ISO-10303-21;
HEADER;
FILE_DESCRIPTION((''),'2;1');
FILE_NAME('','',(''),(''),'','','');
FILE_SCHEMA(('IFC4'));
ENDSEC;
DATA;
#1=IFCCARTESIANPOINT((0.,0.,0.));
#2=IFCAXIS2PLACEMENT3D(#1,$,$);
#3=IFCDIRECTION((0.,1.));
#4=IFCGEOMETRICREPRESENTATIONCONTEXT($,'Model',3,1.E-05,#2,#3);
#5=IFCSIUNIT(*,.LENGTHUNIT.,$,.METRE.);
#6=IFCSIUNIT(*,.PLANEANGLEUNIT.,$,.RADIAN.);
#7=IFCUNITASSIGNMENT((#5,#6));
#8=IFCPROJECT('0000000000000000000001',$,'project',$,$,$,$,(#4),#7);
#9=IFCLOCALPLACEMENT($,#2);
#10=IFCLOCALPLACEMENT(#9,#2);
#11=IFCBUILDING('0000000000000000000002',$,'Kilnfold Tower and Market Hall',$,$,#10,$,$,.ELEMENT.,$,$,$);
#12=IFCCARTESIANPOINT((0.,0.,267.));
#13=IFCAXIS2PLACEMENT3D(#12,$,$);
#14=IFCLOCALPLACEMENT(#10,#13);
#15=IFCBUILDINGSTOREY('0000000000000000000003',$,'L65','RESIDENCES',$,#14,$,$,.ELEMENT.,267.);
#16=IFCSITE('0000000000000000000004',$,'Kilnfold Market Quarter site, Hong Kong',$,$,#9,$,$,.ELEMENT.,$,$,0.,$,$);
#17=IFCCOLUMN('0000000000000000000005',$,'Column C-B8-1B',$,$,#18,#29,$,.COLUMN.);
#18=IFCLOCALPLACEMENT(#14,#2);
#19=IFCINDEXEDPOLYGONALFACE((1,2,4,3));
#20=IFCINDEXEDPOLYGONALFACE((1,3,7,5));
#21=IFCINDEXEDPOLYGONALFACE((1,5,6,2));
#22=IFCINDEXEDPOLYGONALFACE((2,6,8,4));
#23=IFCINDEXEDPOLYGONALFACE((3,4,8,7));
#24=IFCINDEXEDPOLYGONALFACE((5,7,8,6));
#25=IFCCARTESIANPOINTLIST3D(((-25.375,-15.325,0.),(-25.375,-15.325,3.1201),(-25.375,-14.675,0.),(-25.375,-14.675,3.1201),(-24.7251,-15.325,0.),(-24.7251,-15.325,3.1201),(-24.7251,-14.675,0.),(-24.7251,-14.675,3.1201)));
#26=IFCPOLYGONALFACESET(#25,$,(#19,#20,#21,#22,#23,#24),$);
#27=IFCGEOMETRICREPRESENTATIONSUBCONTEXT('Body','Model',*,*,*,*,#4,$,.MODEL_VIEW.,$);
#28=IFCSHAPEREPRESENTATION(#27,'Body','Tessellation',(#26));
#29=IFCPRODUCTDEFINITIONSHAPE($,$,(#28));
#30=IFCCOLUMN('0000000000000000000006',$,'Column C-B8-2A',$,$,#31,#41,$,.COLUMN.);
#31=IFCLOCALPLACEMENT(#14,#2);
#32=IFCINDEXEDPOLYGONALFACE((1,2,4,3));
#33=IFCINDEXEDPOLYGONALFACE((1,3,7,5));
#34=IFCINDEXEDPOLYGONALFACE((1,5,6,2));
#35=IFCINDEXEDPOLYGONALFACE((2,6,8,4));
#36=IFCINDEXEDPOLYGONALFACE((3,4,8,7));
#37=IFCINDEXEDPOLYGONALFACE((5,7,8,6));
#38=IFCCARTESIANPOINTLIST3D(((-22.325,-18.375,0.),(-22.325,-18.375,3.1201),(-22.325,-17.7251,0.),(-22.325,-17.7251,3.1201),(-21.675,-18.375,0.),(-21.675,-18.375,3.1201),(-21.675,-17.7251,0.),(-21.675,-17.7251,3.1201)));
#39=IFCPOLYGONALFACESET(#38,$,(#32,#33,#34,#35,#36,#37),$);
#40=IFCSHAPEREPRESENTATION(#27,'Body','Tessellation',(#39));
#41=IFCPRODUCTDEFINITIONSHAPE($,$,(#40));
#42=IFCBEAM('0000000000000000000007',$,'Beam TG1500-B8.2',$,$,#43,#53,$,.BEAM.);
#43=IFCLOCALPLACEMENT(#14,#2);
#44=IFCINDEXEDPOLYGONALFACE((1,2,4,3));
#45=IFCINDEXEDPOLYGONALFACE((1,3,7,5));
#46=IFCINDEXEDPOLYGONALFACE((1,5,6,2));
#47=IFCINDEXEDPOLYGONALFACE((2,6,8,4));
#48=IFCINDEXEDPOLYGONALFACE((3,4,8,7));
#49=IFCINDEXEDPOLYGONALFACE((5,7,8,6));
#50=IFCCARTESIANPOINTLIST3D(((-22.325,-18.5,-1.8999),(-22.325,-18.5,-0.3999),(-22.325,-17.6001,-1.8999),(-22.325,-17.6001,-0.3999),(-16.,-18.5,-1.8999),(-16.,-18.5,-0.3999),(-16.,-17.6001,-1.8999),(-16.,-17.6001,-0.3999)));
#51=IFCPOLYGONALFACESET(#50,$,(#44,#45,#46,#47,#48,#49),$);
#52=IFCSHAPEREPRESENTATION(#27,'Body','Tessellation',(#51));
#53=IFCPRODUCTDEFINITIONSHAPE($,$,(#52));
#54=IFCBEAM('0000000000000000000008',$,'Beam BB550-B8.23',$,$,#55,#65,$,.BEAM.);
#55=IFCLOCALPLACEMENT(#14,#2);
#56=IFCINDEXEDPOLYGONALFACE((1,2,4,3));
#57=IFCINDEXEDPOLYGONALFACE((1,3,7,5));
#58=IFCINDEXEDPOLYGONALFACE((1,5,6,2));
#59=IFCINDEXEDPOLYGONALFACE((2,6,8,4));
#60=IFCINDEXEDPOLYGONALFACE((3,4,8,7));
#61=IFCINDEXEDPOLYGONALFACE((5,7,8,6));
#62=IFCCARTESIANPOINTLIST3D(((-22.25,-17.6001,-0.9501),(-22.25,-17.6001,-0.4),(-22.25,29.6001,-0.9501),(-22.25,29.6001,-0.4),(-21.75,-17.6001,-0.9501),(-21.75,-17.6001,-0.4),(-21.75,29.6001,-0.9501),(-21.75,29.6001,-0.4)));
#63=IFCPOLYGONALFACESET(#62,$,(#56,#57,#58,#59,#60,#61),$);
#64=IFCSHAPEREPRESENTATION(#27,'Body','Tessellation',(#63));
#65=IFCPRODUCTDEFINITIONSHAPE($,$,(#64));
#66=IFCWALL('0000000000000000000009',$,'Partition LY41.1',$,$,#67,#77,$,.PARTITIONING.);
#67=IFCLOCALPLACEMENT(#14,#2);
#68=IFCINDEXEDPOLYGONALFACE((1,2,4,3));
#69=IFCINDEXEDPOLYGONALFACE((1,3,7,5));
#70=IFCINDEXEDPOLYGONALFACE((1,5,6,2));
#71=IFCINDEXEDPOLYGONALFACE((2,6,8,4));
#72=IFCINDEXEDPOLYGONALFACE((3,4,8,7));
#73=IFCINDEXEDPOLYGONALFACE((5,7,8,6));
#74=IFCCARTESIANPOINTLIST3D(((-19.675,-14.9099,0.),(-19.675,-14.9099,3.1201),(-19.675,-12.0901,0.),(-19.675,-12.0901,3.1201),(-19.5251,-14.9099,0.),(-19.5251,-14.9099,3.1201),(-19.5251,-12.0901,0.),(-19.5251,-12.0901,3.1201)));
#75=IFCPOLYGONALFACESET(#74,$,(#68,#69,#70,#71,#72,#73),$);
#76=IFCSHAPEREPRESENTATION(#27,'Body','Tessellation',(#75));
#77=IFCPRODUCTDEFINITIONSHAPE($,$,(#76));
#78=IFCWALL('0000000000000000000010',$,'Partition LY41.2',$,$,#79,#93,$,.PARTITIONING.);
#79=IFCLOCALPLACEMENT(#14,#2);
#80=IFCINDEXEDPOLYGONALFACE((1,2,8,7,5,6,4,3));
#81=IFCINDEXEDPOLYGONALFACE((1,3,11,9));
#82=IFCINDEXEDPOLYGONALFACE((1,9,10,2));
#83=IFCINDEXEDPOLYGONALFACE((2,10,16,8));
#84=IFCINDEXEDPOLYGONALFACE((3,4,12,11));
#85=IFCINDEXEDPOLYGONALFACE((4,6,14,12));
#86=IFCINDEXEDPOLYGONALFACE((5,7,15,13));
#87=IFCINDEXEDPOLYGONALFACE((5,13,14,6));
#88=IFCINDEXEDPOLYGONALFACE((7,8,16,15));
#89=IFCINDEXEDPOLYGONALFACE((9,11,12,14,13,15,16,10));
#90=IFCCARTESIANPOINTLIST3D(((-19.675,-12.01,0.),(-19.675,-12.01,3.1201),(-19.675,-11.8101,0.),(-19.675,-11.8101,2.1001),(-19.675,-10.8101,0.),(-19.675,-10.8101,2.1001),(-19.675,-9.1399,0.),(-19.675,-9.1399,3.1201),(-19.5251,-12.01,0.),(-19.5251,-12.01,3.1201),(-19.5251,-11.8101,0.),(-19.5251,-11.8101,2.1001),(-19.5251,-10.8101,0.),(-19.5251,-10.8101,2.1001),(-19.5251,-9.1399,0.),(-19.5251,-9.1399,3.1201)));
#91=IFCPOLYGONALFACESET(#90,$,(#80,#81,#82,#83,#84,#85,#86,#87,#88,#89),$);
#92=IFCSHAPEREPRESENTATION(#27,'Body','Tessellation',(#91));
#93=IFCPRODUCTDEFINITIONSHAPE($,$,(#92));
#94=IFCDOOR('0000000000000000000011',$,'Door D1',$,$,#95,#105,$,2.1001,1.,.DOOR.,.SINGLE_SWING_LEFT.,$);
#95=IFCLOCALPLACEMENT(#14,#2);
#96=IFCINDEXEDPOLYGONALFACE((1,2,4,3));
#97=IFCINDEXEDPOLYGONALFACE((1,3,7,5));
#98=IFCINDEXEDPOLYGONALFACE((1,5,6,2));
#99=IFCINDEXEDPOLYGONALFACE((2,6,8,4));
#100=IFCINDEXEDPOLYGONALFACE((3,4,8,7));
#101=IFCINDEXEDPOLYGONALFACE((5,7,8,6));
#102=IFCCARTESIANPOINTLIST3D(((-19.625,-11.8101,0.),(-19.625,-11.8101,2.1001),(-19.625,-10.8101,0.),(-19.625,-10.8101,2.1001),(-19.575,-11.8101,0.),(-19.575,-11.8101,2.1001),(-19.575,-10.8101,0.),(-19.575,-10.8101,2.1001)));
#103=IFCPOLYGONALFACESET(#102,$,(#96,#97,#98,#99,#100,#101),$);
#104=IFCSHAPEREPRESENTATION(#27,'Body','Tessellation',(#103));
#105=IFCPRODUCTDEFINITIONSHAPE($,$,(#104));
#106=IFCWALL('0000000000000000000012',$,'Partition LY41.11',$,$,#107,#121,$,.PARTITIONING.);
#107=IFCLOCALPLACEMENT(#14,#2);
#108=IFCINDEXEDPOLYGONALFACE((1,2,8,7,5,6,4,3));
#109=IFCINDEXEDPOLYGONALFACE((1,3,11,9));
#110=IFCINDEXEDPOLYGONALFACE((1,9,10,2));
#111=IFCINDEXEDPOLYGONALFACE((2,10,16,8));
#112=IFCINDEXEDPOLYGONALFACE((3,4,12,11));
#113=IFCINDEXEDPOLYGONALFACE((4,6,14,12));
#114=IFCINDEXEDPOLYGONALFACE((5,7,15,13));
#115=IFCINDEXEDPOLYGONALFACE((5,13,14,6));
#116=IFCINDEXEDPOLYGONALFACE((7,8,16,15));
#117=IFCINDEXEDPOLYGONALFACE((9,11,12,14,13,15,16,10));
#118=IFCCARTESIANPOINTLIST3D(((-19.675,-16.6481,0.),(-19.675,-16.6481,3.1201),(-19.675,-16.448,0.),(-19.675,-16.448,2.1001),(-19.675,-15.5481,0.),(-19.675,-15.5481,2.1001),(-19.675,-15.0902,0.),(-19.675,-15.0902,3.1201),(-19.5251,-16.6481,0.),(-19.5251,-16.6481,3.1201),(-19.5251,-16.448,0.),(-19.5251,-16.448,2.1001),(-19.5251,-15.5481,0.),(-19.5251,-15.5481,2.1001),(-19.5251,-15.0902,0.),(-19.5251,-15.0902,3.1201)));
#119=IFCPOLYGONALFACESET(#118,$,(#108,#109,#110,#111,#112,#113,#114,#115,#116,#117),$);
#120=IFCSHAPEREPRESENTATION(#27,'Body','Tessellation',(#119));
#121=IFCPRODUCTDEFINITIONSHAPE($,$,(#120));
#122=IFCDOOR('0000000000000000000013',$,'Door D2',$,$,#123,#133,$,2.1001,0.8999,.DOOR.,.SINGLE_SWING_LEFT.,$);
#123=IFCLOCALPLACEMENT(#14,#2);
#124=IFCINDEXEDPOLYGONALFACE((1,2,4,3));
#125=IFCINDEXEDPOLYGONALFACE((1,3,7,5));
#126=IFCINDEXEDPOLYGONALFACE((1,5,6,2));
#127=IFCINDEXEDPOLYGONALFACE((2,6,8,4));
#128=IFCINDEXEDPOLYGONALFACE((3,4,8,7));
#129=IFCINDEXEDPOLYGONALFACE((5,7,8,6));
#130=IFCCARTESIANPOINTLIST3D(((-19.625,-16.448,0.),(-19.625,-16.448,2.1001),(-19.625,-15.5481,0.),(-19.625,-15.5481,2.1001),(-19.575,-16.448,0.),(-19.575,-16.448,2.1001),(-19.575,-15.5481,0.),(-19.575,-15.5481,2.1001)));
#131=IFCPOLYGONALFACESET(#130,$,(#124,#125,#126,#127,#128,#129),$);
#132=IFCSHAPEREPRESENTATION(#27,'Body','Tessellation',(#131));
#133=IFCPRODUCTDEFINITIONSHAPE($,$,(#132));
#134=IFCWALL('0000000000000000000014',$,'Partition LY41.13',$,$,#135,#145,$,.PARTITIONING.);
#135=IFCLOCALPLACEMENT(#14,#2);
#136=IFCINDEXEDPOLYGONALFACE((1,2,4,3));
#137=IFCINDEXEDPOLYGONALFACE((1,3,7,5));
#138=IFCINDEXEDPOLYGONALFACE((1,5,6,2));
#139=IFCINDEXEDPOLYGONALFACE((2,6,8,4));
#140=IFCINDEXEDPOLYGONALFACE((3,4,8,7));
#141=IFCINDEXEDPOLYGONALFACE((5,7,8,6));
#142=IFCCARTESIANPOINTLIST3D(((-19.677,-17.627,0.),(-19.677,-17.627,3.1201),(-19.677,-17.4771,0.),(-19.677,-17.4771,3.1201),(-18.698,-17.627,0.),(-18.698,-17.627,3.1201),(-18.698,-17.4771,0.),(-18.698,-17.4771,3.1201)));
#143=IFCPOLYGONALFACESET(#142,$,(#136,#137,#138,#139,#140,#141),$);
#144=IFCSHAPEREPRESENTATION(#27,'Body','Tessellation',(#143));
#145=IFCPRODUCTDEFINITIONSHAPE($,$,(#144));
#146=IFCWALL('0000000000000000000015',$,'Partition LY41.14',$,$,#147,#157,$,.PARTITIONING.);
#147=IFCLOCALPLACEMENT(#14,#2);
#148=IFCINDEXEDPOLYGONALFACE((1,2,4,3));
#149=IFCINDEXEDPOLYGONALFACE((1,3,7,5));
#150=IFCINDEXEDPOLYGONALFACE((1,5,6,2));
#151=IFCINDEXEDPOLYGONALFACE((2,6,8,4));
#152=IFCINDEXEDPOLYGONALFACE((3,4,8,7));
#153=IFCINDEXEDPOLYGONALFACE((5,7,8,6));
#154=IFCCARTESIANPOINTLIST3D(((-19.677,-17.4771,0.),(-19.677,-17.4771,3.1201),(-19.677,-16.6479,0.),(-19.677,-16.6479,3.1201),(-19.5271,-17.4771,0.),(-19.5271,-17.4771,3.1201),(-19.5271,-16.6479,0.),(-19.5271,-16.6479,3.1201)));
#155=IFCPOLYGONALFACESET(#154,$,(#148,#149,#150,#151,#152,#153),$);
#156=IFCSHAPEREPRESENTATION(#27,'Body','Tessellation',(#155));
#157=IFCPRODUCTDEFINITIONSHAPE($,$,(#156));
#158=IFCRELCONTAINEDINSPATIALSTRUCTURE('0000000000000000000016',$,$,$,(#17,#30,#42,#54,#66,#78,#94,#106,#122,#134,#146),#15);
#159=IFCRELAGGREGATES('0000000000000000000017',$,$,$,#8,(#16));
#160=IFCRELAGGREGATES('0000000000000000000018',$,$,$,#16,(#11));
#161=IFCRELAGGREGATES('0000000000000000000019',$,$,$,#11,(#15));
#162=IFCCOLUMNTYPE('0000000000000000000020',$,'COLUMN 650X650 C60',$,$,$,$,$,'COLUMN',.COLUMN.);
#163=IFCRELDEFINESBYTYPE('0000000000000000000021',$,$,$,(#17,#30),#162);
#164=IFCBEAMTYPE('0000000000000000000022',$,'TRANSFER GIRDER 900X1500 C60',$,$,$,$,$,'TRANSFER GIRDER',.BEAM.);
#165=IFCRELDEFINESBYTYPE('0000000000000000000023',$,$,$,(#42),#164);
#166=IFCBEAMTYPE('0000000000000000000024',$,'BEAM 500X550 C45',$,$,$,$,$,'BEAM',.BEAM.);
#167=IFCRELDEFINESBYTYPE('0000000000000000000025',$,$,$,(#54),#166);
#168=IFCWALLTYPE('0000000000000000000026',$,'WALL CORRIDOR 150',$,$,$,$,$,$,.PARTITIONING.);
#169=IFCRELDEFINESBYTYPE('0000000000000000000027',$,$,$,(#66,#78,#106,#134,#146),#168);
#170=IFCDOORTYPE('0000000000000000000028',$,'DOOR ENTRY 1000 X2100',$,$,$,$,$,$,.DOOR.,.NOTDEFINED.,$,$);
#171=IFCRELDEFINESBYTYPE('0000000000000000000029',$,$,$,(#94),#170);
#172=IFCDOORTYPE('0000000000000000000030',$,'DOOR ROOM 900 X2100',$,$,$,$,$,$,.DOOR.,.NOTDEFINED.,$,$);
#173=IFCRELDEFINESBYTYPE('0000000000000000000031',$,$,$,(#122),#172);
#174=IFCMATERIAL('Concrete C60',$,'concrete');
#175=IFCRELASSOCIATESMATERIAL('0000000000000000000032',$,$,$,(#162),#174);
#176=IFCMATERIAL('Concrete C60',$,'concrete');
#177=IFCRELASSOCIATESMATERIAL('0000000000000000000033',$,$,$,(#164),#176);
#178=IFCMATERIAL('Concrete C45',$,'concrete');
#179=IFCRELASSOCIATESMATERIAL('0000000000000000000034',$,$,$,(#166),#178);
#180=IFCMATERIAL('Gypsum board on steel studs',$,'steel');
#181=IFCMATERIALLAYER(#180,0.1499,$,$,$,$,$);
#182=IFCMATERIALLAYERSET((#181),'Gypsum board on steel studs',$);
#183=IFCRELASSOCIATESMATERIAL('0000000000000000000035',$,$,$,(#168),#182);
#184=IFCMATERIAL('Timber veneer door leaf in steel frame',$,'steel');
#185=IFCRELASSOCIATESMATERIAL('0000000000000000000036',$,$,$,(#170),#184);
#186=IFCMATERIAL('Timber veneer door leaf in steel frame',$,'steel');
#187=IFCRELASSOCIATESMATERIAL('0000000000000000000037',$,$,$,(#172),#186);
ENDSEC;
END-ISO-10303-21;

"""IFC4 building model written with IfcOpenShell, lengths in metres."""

from ifc_helpers import new_model, si_unit, direction, frame, frame_2d, origin, origin_2d, place, context, subcontext, project, spatial, rectangle, extrude, source, transform, mapped, material, layer, layer_set, material_profile, profile_set, type_object, element, fill, save


model = new_model("IFC4")

# Units and contexts
model_context = context("Model", 3, precision=1e-05, world=origin(), true_north=direction((0.0, 1.0)))
body_context = subcontext(model_context, "Body", "Model", "MODEL_VIEW")
ifc_project = project(units=[si_unit("LENGTHUNIT", "METRE"), si_unit("PLANEANGLEUNIT", "RADIAN")], contexts=[model_context])

# Site, building, storey
site_placement = place(None, origin())
site = spatial("IfcSite", under=ifc_project, at=site_placement, Name="Kilnfold Market Quarter site, Hong Kong", CompositionType="ELEMENT", RefElevation=0.0)
building_placement = place(site_placement, origin())
building = spatial("IfcBuilding", under=site, at=building_placement, Name="Kilnfold Tower and Market Hall", CompositionType="ELEMENT")
storey_placement = place(building_placement, frame((0.0, 0.0, 267.0)))
storey = spatial("IfcBuildingStorey", under=building, at=storey_placement, Name="L65", Description="RESIDENCES", CompositionType="ELEMENT", Elevation=267.0)

# Columns
ifc_material_1 = material(Name="Concrete C60", Category="concrete")
ifc_material_profile_1 = material_profile(ifc_material_1, rectangle(XDim=0.6499, YDim=0.6499, at=origin_2d()), Name="RC 650x650")
ifc_profile_set_1 = profile_set([ifc_material_profile_1], Name="Concrete C60")
column_type = type_object("IfcColumnType", Name="COLUMN 650X650 C60", ElementType="COLUMN", PredefinedType="COLUMN", material=ifc_profile_set_1)
shared_shape_1 = source(origin(), body_context, "Body", "SweptSolid", [
    extrude(rectangle(XDim=0.6499, YDim=0.6499, at=origin_2d()), origin(), (0.0, 0.0, 1.0), 3.1201),
])
for number, where, z_axis, x_axis, name in (
    (1, (-25.05, -15.0, 0.0), (0.0, 0.0, 1.0), (1.0, 0.0, 0.0), "Column C-B8-1B"),
    (2, (-22.0, -18.05, 0.0), (0.0, 0.0, 1.0), (1.0, 0.0, 0.0), "Column C-B8-2A"),
):
    element("IfcColumn", number, at=place(storey_placement, frame(where, z_axis=z_axis, x_axis=x_axis)), inside=storey, type_object=column_type, Name=name, PredefinedType="COLUMN", context=body_context, shape_type="MappedRepresentation", body=[
        mapped(shared_shape_1, transform((0.0, 0.0, 0.0))),
    ])

# Beams
ifc_material_2 = material(Name="Concrete C60", Category="concrete")
ifc_material_profile_2 = material_profile(ifc_material_2, rectangle(XDim=0.8999, YDim=1.5, at=origin_2d()), Name="RC 900x1500")
ifc_profile_set_2 = profile_set([ifc_material_profile_2], Name="Concrete C60")
beam_type_1 = type_object("IfcBeamType", Name="TRANSFER GIRDER 900X1500 C60", ElementType="TRANSFER GIRDER", PredefinedType="BEAM", material=ifc_profile_set_2)
shared_shape_2 = source(origin(), body_context, "Body", "SweptSolid", [
    extrude(rectangle(XDim=0.8999, YDim=1.5, at=origin_2d()), origin(), (0.0, 0.0, 1.0), 6.325),
])
beam_1_placement = place(storey_placement, frame((-22.325, -18.05, -1.1499), z_axis=(1.0, 0.0, 0.0), x_axis=(0.0, 1.0, 0.0)))
element("IfcBeam", 3, at=beam_1_placement, inside=storey, type_object=beam_type_1, Name="Beam TG1500-B8.2", PredefinedType="BEAM", context=body_context, shape_type="MappedRepresentation", body=[
    mapped(shared_shape_2, transform((0.0, 0.0, 0.0))),
])
ifc_material_3 = material(Name="Concrete C45", Category="concrete")
ifc_material_profile_3 = material_profile(ifc_material_3, rectangle(XDim=0.5, YDim=0.55, at=origin_2d()), Name="RC 500x550")
ifc_profile_set_3 = profile_set([ifc_material_profile_3], Name="Concrete C45")
beam_type_2 = type_object("IfcBeamType", Name="BEAM 500X550 C45", ElementType="BEAM", PredefinedType="BEAM", material=ifc_profile_set_3)
shared_shape_3 = source(origin(), body_context, "Body", "SweptSolid", [
    extrude(rectangle(XDim=0.5, YDim=0.55, at=origin_2d()), origin(), (0.0, 0.0, 1.0), 47.2002),
])
beam_2_placement = place(storey_placement, frame((-22.0, -17.6001, -0.675), z_axis=(0.0, 1.0, 0.0), x_axis=(-1.0, 0.0, 0.0)))
element("IfcBeam", 4, at=beam_2_placement, inside=storey, type_object=beam_type_2, Name="Beam BB550-B8.23", PredefinedType="BEAM", context=body_context, shape_type="MappedRepresentation", body=[
    mapped(shared_shape_3, transform((0.0, 0.0, 0.0))),
])

# Wall
ifc_material_4 = material(Name="Gypsum board on steel studs", Category="steel")
ifc_layer_1 = layer(ifc_material_4, 0.1499)
ifc_layer_set_1 = layer_set([ifc_layer_1], Name="Gypsum board on steel studs")
wall_type_1 = type_object("IfcWallType", Name="WALL CORRIDOR 150", PredefinedType="PARTITIONING", material=ifc_layer_set_1)
wall_1_placement = place(storey_placement, frame((-19.6001, -14.9099, 0.0), z_axis=(0.0, 0.0, 1.0), x_axis=(0.0, 1.0, 0.0)))
element("IfcWall", 5, at=wall_1_placement, inside=storey, type_object=wall_type_1, Name="Partition LY41.1", PredefinedType="PARTITIONING", context=body_context, shape_type="SweptSolid", body=[
    extrude(rectangle(XDim=2.8198, YDim=0.1499, at=frame_2d((1.4099, 0.0))), origin(), (0.0, 0.0, 1.0), 3.1201),
])

# Walls, openings, doors
wall_2_placement = place(storey_placement, frame((-19.6001, -12.01, 0.0), z_axis=(0.0, 0.0, 1.0), x_axis=(0.0, 1.0, 0.0)))
wall_2 = element("IfcWall", 6, at=wall_2_placement, inside=storey, type_object=wall_type_1, Name="Partition LY41.2", PredefinedType="PARTITIONING", context=body_context, shape_type="SweptSolid", body=[
    extrude(rectangle(XDim=2.8701, YDim=0.1499, at=frame_2d((1.4351, 0.0))), origin(), (0.0, 0.0, 1.0), 3.1201),
])
opening_1_placement = place(wall_2_placement, frame((0.2, 0.0, 0.0)))
opening_1 = element("IfcOpeningElement", 7, at=opening_1_placement, cuts=wall_2, PredefinedType="OPENING", context=body_context, shape_type="SweptSolid", body=[
    extrude(rectangle(XDim=1.0, YDim=2.1001, at=frame_2d((0.5, 1.05))), frame((0.0, 0.085, 0.0), z_axis=(0.0, -1.0, 0.0), x_axis=(1.0, 0.0, 0.0)), (0.0, 0.0, 1.0), 0.1699),
])
ifc_material_5 = material(Name="Timber veneer door leaf in steel frame", Category="steel")
door_type_1 = type_object("IfcDoorType", Name="DOOR ENTRY 1000 X2100", OperationType="NOTDEFINED", PredefinedType="DOOR", material=ifc_material_5)
door_1_placement = place(opening_1_placement, origin())
door_1 = element("IfcDoor", 8, at=door_1_placement, inside=storey, type_object=door_type_1, Name="Door D1", OperationType="SINGLE_SWING_LEFT", OverallHeight=2.1001, OverallWidth=1.0, PredefinedType="DOOR", context=body_context, shape_type="SweptSolid", body=[
    extrude(rectangle(XDim=1.0, YDim=2.1001, at=frame_2d((0.5, 1.05))), frame((0.0, 0.0249, 0.0), z_axis=(0.0, -1.0, 0.0), x_axis=(1.0, 0.0, 0.0)), (0.0, 0.0, 1.0), 0.05),
])
fill(opening_1, door_1)
wall_3_placement = place(storey_placement, frame((-19.6001, -16.6479, 0.0), z_axis=(0.0, 0.0, 1.0), x_axis=(0.0, 1.0, 0.0)))
wall_3 = element("IfcWall", 9, at=wall_3_placement, inside=storey, type_object=wall_type_1, Name="Partition LY41.11", PredefinedType="PARTITIONING", context=body_context, shape_type="SweptSolid", body=[
    extrude(rectangle(XDim=1.5579, YDim=0.1499, at=frame_2d((0.7788, 0.0))), origin(), (0.0, 0.0, 1.0), 3.1201),
])
opening_2_placement = place(wall_3_placement, frame((0.2, 0.0, 0.0)))
opening_2 = element("IfcOpeningElement", 10, at=opening_2_placement, cuts=wall_3, PredefinedType="OPENING", context=body_context, shape_type="SweptSolid", body=[
    extrude(rectangle(XDim=0.8999, YDim=2.1001, at=frame_2d((0.45, 1.05))), frame((0.0, 0.085, 0.0), z_axis=(0.0, -1.0, 0.0), x_axis=(1.0, 0.0, 0.0)), (0.0, 0.0, 1.0), 0.1699),
])
ifc_material_6 = material(Name="Timber veneer door leaf in steel frame", Category="steel")
door_type_2 = type_object("IfcDoorType", Name="DOOR ROOM 900 X2100", OperationType="NOTDEFINED", PredefinedType="DOOR", material=ifc_material_6)
door_2_placement = place(opening_2_placement, origin())
door_2 = element("IfcDoor", 11, at=door_2_placement, inside=storey, type_object=door_type_2, Name="Door D2", OperationType="SINGLE_SWING_LEFT", OverallHeight=2.1001, OverallWidth=0.8999, PredefinedType="DOOR", context=body_context, shape_type="SweptSolid", body=[
    extrude(rectangle(XDim=0.8999, YDim=2.1001, at=frame_2d((0.45, 1.05))), frame((0.0, 0.0249, 0.0), z_axis=(0.0, -1.0, 0.0), x_axis=(1.0, 0.0, 0.0)), (0.0, 0.0, 1.0), 0.05),
])
fill(opening_2, door_2)

# Walls
wall_4_placement = place(storey_placement, frame((-19.677, -17.552, 0.0), z_axis=(0.0, 0.0, 1.0), x_axis=(1.0, 0.0, 0.0)))
element("IfcWall", 12, at=wall_4_placement, inside=storey, type_object=wall_type_1, Name="Partition LY41.13", PredefinedType="PARTITIONING", context=body_context, shape_type="SweptSolid", body=[
    extrude(rectangle(XDim=0.979, YDim=0.1499, at=frame_2d((0.4895, 0.0))), origin(), (0.0, 0.0, 1.0), 3.1201),
])
wall_5_placement = place(storey_placement, frame((-19.6021, -17.4771, 0.0), z_axis=(0.0, 0.0, 1.0), x_axis=(0.0, 1.0, 0.0)))
element("IfcWall", 13, at=wall_5_placement, inside=storey, type_object=wall_type_1, Name="Partition LY41.14", PredefinedType="PARTITIONING", context=body_context, shape_type="SweptSolid", body=[
    extrude(rectangle(XDim=0.8291, YDim=0.1499, at=frame_2d((0.4146, 0.0))), origin(), (0.0, 0.0, 1.0), 3.1201),
])

save(model, "model.ifc")
